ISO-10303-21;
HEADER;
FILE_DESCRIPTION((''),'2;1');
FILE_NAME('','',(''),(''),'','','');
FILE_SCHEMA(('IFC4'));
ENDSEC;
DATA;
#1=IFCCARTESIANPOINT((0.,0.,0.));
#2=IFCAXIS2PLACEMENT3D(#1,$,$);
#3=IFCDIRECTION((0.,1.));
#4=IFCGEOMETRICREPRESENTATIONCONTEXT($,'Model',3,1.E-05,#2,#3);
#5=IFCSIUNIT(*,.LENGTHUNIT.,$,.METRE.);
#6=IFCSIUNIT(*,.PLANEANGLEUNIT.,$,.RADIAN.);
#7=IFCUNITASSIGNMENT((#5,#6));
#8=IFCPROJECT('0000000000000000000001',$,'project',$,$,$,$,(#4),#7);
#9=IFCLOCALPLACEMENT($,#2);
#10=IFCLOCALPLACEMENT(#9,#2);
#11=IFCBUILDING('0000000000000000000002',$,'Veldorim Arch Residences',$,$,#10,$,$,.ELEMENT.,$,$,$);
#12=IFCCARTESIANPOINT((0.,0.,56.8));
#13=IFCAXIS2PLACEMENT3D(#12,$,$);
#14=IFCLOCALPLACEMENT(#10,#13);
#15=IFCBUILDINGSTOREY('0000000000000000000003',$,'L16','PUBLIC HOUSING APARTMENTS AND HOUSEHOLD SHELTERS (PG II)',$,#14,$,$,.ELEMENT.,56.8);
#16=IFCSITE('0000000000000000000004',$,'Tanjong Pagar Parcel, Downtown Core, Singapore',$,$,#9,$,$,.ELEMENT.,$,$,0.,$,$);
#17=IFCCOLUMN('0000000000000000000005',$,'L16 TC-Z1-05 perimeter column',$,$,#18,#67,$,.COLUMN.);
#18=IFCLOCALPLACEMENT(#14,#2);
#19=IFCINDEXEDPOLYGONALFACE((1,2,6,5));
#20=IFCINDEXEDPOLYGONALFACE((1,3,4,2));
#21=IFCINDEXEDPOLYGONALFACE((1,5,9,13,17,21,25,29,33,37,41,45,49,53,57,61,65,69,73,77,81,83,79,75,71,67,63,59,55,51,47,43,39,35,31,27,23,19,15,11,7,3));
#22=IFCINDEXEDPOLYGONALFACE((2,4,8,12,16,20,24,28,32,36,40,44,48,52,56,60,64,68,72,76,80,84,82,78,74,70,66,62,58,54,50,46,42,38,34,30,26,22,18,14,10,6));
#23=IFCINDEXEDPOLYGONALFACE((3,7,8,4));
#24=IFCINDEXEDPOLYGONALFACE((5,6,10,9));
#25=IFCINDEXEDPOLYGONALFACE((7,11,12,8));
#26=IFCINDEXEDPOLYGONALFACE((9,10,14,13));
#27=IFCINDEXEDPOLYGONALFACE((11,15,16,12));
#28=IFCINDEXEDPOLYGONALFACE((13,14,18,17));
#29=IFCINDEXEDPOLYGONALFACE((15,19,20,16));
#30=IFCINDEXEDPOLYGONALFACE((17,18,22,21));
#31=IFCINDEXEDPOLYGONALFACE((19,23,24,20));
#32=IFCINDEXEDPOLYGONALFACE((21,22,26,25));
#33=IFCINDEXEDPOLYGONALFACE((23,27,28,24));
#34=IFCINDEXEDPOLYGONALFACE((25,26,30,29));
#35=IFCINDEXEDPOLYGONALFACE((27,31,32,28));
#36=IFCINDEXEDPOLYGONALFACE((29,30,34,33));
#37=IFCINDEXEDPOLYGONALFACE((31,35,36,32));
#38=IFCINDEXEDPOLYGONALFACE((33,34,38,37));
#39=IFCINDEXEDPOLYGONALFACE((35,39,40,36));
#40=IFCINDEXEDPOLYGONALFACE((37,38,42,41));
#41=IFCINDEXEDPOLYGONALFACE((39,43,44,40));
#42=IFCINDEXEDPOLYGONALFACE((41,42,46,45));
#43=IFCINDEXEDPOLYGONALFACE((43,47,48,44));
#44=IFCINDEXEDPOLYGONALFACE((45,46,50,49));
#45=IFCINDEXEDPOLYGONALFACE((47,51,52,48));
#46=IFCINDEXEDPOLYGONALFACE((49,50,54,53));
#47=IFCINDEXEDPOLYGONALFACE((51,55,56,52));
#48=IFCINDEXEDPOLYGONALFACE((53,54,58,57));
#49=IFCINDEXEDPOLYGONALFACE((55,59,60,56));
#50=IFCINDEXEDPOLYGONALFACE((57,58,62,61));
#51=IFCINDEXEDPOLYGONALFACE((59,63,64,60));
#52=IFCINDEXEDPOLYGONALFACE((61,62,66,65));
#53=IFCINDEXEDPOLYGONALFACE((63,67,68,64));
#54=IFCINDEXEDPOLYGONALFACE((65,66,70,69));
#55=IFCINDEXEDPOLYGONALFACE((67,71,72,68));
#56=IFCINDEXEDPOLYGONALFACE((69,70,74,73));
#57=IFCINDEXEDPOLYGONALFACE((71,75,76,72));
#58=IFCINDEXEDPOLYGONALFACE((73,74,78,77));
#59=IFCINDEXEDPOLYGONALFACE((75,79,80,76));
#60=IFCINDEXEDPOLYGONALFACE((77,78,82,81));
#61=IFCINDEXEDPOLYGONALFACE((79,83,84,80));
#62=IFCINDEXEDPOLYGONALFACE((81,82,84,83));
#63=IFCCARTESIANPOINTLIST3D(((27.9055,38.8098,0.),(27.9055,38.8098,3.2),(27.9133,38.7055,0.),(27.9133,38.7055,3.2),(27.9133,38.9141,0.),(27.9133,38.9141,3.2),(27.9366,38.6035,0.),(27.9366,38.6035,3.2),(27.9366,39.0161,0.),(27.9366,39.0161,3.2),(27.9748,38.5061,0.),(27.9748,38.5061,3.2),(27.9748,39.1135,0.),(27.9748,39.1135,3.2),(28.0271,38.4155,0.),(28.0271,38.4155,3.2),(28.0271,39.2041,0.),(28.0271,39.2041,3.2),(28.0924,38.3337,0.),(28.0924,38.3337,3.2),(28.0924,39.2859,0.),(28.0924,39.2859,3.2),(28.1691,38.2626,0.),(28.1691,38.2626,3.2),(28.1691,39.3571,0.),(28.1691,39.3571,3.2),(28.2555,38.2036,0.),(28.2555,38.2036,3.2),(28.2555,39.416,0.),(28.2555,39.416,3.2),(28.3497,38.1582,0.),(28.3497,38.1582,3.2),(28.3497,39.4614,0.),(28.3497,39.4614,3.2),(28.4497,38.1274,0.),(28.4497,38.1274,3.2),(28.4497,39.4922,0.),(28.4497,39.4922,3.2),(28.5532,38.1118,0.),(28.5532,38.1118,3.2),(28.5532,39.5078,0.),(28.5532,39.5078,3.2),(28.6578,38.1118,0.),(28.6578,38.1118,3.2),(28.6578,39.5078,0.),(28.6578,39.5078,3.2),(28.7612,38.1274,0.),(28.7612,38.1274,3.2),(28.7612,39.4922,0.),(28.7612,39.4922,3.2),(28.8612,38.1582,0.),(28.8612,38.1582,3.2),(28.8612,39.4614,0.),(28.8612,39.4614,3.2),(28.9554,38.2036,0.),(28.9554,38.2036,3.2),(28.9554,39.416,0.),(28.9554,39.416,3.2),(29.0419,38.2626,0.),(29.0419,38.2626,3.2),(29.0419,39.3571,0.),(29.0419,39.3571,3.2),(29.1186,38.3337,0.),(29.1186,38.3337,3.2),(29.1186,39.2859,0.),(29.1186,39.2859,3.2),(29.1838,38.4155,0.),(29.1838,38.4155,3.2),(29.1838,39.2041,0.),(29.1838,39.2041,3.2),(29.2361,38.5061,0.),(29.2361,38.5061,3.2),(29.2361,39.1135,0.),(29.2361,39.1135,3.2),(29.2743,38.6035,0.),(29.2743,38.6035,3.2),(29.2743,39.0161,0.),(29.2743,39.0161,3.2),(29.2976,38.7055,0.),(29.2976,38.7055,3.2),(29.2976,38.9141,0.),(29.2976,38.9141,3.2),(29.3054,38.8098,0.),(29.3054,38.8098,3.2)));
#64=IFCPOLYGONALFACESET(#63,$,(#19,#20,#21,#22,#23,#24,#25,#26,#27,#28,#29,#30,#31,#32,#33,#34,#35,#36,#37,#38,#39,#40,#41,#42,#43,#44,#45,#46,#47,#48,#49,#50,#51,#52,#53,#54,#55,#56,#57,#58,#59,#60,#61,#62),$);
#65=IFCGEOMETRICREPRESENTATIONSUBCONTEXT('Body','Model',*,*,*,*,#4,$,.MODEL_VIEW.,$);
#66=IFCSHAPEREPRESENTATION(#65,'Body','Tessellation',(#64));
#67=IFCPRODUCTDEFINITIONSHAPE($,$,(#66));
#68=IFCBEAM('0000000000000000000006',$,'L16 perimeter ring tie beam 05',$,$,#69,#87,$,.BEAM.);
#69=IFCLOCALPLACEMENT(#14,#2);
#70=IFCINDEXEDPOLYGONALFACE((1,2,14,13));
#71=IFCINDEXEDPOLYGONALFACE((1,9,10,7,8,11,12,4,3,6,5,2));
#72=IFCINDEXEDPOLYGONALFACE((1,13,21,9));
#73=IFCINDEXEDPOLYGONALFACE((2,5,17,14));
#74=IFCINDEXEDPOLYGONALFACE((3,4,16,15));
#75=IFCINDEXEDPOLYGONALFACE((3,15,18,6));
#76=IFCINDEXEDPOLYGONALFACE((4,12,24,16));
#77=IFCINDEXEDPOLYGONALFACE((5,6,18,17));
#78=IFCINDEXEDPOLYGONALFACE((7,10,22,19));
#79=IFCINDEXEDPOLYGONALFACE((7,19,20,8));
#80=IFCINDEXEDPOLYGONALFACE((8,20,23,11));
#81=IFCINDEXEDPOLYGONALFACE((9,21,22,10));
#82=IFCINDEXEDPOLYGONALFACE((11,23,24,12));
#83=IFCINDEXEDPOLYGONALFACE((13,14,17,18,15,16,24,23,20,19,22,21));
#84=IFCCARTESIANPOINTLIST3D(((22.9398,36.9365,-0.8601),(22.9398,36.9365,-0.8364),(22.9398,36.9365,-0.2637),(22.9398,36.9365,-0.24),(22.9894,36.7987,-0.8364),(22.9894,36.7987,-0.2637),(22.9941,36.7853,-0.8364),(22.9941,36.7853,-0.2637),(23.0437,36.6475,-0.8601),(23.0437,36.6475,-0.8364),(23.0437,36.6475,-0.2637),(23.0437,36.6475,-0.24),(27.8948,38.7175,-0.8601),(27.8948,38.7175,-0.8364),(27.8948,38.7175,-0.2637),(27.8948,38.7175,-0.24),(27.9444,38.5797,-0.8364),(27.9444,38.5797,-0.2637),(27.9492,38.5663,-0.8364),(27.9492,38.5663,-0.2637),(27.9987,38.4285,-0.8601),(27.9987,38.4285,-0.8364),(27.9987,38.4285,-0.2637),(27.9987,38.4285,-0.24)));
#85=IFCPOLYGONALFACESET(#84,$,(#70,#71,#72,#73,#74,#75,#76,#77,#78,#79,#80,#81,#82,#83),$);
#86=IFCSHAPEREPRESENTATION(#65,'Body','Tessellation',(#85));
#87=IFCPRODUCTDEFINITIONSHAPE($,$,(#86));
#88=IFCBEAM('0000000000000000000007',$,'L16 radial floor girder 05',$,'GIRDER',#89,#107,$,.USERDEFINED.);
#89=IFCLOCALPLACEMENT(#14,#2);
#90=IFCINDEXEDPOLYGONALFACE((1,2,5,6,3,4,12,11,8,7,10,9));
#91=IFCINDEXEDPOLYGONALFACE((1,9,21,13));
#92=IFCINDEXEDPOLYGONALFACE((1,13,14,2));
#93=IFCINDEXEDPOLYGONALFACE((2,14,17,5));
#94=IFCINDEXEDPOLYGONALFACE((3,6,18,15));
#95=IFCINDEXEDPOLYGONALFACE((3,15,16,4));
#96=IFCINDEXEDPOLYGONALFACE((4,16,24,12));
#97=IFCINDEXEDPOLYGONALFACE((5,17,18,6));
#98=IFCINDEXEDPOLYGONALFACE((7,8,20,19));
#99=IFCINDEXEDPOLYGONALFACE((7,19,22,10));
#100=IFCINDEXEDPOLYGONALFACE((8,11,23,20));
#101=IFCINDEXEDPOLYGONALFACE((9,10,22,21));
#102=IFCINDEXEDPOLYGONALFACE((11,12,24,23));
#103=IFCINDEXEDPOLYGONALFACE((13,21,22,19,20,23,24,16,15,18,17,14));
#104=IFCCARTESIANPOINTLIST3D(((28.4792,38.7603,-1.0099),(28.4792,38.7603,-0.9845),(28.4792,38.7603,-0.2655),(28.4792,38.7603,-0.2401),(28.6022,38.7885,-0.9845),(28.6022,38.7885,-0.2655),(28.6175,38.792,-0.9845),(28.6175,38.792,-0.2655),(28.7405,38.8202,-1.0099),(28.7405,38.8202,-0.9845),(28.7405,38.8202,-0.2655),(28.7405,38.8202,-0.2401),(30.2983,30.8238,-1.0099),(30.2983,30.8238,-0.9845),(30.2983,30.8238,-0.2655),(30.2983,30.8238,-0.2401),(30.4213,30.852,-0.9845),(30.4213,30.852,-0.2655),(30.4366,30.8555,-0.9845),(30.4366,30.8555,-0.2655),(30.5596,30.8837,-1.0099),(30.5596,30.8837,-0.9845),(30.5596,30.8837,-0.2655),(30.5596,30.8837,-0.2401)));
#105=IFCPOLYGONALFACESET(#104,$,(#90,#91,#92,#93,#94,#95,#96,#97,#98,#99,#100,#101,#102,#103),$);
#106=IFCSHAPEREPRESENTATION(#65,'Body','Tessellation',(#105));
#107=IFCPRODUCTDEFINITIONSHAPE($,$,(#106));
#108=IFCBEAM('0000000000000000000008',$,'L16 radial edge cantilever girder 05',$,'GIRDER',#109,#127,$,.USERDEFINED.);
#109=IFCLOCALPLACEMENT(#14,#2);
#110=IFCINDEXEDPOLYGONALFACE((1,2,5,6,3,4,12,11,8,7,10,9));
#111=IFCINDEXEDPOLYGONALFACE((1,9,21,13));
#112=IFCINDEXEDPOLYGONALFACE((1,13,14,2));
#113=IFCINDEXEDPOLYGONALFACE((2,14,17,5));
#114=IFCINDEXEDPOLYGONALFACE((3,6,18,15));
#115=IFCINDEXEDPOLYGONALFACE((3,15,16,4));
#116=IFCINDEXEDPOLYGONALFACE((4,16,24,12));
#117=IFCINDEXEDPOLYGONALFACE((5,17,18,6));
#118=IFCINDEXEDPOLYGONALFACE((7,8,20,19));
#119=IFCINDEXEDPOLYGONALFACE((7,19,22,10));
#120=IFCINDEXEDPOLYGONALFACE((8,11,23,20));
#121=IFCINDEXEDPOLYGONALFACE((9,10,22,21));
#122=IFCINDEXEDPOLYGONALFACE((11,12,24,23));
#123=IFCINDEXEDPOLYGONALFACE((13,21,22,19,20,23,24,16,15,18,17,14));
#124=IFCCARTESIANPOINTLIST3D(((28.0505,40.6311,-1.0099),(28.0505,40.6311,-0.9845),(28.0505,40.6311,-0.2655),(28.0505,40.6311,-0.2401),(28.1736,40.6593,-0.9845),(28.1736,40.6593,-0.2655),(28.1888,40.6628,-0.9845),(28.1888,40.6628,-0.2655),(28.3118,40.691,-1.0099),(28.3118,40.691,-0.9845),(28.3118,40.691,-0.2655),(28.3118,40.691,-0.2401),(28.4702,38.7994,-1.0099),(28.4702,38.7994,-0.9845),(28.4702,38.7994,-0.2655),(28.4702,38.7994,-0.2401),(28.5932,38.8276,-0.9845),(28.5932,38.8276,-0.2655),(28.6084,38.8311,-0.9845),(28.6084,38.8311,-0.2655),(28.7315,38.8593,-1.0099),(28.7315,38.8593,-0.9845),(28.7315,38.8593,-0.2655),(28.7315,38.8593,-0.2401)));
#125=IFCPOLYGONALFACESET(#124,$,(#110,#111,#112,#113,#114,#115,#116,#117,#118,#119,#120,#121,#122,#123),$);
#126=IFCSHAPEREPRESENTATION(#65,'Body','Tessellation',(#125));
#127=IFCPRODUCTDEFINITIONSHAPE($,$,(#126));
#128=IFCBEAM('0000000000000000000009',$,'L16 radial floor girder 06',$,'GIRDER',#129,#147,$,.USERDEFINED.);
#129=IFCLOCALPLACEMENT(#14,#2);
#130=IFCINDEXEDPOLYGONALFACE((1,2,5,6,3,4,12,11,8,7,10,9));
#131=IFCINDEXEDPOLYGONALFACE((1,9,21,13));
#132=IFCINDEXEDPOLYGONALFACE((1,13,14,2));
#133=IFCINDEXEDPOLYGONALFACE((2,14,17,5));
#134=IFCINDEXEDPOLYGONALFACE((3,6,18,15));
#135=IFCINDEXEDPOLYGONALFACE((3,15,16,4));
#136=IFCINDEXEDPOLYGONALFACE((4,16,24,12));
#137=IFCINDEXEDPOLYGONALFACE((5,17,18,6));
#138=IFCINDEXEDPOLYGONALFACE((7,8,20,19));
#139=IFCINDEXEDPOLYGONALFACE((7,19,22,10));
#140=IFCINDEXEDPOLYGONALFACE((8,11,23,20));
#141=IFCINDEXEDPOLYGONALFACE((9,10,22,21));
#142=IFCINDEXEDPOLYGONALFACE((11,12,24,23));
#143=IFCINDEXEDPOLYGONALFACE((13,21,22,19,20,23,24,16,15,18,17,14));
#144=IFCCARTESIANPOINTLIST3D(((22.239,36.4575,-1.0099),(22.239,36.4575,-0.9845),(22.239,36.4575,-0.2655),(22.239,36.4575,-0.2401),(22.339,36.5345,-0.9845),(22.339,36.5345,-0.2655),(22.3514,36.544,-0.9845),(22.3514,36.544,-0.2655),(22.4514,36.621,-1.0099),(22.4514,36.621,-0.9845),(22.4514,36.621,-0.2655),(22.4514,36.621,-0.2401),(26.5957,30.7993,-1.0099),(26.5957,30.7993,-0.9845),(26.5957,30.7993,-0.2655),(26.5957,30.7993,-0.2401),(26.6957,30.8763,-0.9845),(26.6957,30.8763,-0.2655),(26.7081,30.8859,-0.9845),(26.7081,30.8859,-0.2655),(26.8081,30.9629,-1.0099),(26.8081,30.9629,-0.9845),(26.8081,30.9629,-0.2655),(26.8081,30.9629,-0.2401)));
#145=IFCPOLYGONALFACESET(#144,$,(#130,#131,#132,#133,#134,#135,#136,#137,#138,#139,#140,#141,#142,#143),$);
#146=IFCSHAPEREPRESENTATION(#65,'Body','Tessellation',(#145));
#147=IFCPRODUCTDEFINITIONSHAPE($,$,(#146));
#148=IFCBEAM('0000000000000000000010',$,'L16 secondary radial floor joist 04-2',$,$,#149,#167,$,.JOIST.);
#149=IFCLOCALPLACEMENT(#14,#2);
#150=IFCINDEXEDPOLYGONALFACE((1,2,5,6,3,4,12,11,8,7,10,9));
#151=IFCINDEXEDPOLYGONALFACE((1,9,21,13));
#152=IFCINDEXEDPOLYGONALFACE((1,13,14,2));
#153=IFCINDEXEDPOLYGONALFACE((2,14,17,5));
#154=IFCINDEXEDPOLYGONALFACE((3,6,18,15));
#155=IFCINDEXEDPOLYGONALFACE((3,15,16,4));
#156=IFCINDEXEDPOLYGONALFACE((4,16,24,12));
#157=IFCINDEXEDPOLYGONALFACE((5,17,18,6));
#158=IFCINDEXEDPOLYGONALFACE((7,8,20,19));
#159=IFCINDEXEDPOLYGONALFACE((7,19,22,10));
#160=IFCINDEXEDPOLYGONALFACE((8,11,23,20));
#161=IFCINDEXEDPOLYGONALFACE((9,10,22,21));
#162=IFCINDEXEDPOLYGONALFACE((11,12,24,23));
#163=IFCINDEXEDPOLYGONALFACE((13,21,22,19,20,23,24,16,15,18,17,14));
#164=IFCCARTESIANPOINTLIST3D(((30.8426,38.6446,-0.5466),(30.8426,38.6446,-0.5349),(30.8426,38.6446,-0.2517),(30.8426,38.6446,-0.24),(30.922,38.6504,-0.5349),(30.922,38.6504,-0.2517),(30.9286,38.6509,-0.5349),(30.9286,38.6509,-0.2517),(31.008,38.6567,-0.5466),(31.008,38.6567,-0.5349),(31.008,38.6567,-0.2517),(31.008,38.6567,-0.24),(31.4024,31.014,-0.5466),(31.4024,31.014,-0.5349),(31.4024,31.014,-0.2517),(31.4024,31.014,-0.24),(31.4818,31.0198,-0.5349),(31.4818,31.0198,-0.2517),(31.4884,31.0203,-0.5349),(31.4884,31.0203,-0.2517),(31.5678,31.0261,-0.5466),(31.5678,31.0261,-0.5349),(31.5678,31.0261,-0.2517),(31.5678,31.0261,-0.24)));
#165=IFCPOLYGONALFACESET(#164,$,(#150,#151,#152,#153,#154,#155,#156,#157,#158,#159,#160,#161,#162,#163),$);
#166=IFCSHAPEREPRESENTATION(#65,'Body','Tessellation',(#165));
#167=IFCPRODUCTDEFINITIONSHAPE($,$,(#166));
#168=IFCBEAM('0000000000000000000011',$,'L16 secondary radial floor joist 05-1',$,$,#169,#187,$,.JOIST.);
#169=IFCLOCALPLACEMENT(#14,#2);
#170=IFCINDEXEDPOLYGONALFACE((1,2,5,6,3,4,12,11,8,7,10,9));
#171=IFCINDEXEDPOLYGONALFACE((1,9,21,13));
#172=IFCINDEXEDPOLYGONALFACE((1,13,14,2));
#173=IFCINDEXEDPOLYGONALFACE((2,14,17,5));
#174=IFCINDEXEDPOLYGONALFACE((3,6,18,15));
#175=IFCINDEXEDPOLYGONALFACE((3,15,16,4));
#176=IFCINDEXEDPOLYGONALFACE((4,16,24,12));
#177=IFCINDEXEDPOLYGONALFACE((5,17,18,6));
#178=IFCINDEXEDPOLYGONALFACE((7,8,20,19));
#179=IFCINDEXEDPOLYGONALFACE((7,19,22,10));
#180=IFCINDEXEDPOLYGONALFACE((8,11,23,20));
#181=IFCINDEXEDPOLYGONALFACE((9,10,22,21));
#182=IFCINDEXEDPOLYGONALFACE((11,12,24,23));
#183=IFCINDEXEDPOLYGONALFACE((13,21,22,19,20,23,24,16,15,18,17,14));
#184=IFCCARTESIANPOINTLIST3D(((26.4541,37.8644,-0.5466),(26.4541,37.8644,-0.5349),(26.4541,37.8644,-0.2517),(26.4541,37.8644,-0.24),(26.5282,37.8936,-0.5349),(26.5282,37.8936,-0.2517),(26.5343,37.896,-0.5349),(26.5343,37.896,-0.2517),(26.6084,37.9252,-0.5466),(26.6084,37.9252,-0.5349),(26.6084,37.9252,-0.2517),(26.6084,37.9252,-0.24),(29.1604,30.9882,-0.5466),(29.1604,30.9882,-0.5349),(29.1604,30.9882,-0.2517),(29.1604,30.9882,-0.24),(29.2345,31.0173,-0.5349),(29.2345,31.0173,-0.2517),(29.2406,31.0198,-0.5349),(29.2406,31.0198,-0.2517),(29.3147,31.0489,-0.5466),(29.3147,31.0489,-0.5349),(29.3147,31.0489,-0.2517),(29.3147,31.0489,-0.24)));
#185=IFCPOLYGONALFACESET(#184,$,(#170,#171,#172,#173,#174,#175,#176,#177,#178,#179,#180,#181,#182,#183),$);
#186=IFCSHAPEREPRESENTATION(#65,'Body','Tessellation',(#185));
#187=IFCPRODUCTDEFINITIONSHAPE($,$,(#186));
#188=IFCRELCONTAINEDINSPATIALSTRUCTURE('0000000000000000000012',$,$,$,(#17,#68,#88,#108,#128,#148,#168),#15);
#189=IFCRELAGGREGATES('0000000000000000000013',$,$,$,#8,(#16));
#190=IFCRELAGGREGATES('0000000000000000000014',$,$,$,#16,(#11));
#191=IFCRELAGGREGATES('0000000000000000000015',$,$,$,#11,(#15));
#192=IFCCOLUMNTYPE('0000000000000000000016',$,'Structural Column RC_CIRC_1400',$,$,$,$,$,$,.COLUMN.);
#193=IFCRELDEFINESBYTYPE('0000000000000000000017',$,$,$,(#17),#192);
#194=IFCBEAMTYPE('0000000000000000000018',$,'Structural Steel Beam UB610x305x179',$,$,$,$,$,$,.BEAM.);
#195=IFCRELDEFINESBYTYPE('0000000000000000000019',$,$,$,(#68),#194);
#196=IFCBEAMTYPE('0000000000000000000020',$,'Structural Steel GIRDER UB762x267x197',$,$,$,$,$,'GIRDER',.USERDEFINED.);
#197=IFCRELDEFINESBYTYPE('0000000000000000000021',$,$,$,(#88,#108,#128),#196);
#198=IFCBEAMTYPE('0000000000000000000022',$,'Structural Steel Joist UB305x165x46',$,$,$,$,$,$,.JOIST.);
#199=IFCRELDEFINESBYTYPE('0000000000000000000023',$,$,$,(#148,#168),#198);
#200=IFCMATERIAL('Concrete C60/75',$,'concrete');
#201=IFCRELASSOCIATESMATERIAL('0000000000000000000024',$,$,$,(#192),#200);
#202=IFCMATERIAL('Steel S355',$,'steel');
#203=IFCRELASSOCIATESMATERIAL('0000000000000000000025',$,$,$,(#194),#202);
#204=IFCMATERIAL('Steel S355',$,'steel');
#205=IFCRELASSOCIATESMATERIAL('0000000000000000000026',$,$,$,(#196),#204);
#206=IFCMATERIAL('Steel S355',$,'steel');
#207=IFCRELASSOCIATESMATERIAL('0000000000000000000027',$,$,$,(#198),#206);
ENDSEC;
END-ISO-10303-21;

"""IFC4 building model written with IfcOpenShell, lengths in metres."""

from ifc_helpers import new_model, si_unit, direction, frame, origin, origin_2d, place, context, subcontext, project, spatial, circle, i_section, extrude, material, material_profile, profile_set, type_object, element, save


model = new_model("IFC4")

# Units and contexts
model_context = context("Model", 3, precision=1e-05, world=origin(), true_north=direction((0.0, 1.0)))
body_context = subcontext(model_context, "Body", "Model", "MODEL_VIEW")
ifc_project = project(units=[si_unit("LENGTHUNIT", "METRE"), si_unit("PLANEANGLEUNIT", "RADIAN")], contexts=[model_context])

# Site, building, storey
site_placement = place(None, origin())
site = spatial("IfcSite", under=ifc_project, at=site_placement, Name="Tanjong Pagar Parcel, Downtown Core, Singapore", CompositionType="ELEMENT", RefElevation=0.0)
building_placement = place(site_placement, origin())
building = spatial("IfcBuilding", under=site, at=building_placement, Name="Veldorim Arch Residences", CompositionType="ELEMENT")
storey_placement = place(building_placement, frame((0.0, 0.0, 56.8)))
storey = spatial("IfcBuildingStorey", under=building, at=storey_placement, Name="L16", Description="PUBLIC HOUSING APARTMENTS AND HOUSEHOLD SHELTERS (PG II)", CompositionType="ELEMENT", Elevation=56.8)

# Column
ifc_material_1 = material(Name="Concrete C60/75", Category="concrete")
ifc_material_profile_1 = material_profile(ifc_material_1, circle(Radius=0.7, at=origin_2d()), Name="RC_CIRC_1400")
ifc_profile_set_1 = profile_set([ifc_material_profile_1], Name="Concrete C60/75")
column_type = type_object("IfcColumnType", Name="Structural Column RC_CIRC_1400", PredefinedType="COLUMN", material=ifc_profile_set_1)
column_placement = place(storey_placement, frame((28.6055, 38.8098, 0.0), z_axis=(0.0, 0.0, 1.0), x_axis=(1.0, 0.0, 0.0)))
element("IfcColumn", 1, at=column_placement, inside=storey, type_object=column_type, Name="L16 TC-Z1-05 perimeter column", PredefinedType="COLUMN", context=body_context, shape_type="SweptSolid", body=[
    extrude(circle(Radius=0.7, at=origin_2d()), origin(), (0.0, 0.0, 1.0), 3.2),
])

# Beams
ifc_material_2 = material(Name="Steel S355", Category="steel")
ifc_material_profile_2 = material_profile(ifc_material_2, i_section(OverallWidth=0.3071, OverallDepth=0.6201, WebThickness=0.0142, FlangeThickness=0.0237, at=origin_2d()), Name="UB610x305x179")
ifc_profile_set_2 = profile_set([ifc_material_profile_2], Name="Steel S355")
beam_type_1 = type_object("IfcBeamType", Name="Structural Steel Beam UB610x305x179", PredefinedType="BEAM", material=ifc_profile_set_2)
beam_1_placement = place(storey_placement, frame((27.9468, 38.573, -0.55), z_axis=(-0.941058, -0.338245, 0.0), x_axis=(0.338245, -0.941058, 0.0)))
element("IfcBeam", 2, at=beam_1_placement, inside=storey, type_object=beam_type_1, Name="L16 perimeter ring tie beam 05", PredefinedType="BEAM", context=body_context, shape_type="SweptSolid", body=[
    extrude(i_section(OverallWidth=0.3071, OverallDepth=0.6201, WebThickness=0.0142, FlangeThickness=0.0237, at=origin_2d()), origin(), (0.0, 0.0, 1.0), 5.2654),
])
ifc_material_3 = material(Name="Steel S355", Category="steel")
ifc_material_profile_3 = material_profile(ifc_material_3, i_section(OverallWidth=0.2681, OverallDepth=0.7698, WebThickness=0.0156, FlangeThickness=0.0254, at=origin_2d()), Name="UB762x267x197")
ifc_profile_set_3 = profile_set([ifc_material_profile_3], Name="Steel S355")
beam_type_2 = type_object("IfcBeamType", Name="Structural Steel GIRDER UB762x267x197", ElementType="GIRDER", PredefinedType="USERDEFINED", material=ifc_profile_set_3)
beam_2_placement = place(storey_placement, frame((30.429, 30.8538, -0.625), z_axis=(-0.223412, 0.974724, 0.0), x_axis=(-0.974724, -0.223412, 0.0)))
element("IfcBeam", 3, at=beam_2_placement, inside=storey, type_object=beam_type_2, Name="L16 radial floor girder 05", ObjectType="GIRDER", PredefinedType="USERDEFINED", context=body_context, shape_type="SweptSolid", body=[
    extrude(i_section(OverallWidth=0.2681, OverallDepth=0.7698, WebThickness=0.0156, FlangeThickness=0.0254, at=origin_2d()), origin(), (0.0, 0.0, 1.0), 8.1423),
])
beam_3_placement = place(storey_placement, frame((28.6008, 38.8293, -0.625), z_axis=(-0.223322, 0.974745, 0.0), x_axis=(-0.974745, -0.223322, 0.0)))
element("IfcBeam", 4, at=beam_3_placement, inside=storey, type_object=beam_type_2, Name="L16 radial edge cantilever girder 05", ObjectType="GIRDER", PredefinedType="USERDEFINED", context=body_context, shape_type="SweptSolid", body=[
    extrude(i_section(OverallWidth=0.2681, OverallDepth=0.7698, WebThickness=0.0156, FlangeThickness=0.0254, at=origin_2d()), origin(), (0.0, 0.0, 1.0), 1.8792),
])
beam_4_placement = place(storey_placement, frame((26.7019, 30.8811, -0.625), z_axis=(-0.610082, 0.792338, 0.0), x_axis=(-0.792338, -0.610082, 0.0)))
element("IfcBeam", 5, at=beam_4_placement, inside=storey, type_object=beam_type_2, Name="L16 radial floor girder 06", ObjectType="GIRDER", PredefinedType="USERDEFINED", context=body_context, shape_type="SweptSolid", body=[
    extrude(i_section(OverallWidth=0.2681, OverallDepth=0.7698, WebThickness=0.0156, FlangeThickness=0.0254, at=origin_2d()), origin(), (0.0, 0.0, 1.0), 7.1411),
])
ifc_material_4 = material(Name="Steel S355", Category="steel")
ifc_material_profile_4 = material_profile(ifc_material_4, i_section(OverallWidth=0.1658, OverallDepth=0.3066, WebThickness=0.0066, FlangeThickness=0.0117, at=origin_2d()), Name="UB305x165x46")
ifc_profile_set_4 = profile_set([ifc_material_profile_4], Name="Steel S355")
beam_type_3 = type_object("IfcBeamType", Name="Structural Steel Joist UB305x165x46", PredefinedType="JOIST", material=ifc_profile_set_4)
beam_5_placement = place(storey_placement, frame((31.4851, 31.02, -0.3933), z_axis=(-0.073168, 0.99732, 0.0), x_axis=(-0.99732, -0.073168, 0.0)))
element("IfcBeam", 6, at=beam_5_placement, inside=storey, type_object=beam_type_3, Name="L16 secondary radial floor joist 04-2", PredefinedType="JOIST", context=body_context, shape_type="SweptSolid", body=[
    extrude(i_section(OverallWidth=0.1658, OverallDepth=0.3066, WebThickness=0.0066, FlangeThickness=0.0117, at=origin_2d()), origin(), (0.0, 0.0, 1.0), 7.6511),
])
beam_6_placement = place(storey_placement, frame((29.2375, 31.0186, -0.3933), z_axis=(-0.36623, 0.930524, 0.0), x_axis=(-0.930524, -0.36623, 0.0)))
element("IfcBeam", 7, at=beam_6_placement, inside=storey, type_object=beam_type_3, Name="L16 secondary radial floor joist 05-1", PredefinedType="JOIST", context=body_context, shape_type="SweptSolid", body=[
    extrude(i_section(OverallWidth=0.1658, OverallDepth=0.3066, WebThickness=0.0066, FlangeThickness=0.0117, at=origin_2d()), origin(), (0.0, 0.0, 1.0), 7.3896),
])

save(model, "model.ifc")
